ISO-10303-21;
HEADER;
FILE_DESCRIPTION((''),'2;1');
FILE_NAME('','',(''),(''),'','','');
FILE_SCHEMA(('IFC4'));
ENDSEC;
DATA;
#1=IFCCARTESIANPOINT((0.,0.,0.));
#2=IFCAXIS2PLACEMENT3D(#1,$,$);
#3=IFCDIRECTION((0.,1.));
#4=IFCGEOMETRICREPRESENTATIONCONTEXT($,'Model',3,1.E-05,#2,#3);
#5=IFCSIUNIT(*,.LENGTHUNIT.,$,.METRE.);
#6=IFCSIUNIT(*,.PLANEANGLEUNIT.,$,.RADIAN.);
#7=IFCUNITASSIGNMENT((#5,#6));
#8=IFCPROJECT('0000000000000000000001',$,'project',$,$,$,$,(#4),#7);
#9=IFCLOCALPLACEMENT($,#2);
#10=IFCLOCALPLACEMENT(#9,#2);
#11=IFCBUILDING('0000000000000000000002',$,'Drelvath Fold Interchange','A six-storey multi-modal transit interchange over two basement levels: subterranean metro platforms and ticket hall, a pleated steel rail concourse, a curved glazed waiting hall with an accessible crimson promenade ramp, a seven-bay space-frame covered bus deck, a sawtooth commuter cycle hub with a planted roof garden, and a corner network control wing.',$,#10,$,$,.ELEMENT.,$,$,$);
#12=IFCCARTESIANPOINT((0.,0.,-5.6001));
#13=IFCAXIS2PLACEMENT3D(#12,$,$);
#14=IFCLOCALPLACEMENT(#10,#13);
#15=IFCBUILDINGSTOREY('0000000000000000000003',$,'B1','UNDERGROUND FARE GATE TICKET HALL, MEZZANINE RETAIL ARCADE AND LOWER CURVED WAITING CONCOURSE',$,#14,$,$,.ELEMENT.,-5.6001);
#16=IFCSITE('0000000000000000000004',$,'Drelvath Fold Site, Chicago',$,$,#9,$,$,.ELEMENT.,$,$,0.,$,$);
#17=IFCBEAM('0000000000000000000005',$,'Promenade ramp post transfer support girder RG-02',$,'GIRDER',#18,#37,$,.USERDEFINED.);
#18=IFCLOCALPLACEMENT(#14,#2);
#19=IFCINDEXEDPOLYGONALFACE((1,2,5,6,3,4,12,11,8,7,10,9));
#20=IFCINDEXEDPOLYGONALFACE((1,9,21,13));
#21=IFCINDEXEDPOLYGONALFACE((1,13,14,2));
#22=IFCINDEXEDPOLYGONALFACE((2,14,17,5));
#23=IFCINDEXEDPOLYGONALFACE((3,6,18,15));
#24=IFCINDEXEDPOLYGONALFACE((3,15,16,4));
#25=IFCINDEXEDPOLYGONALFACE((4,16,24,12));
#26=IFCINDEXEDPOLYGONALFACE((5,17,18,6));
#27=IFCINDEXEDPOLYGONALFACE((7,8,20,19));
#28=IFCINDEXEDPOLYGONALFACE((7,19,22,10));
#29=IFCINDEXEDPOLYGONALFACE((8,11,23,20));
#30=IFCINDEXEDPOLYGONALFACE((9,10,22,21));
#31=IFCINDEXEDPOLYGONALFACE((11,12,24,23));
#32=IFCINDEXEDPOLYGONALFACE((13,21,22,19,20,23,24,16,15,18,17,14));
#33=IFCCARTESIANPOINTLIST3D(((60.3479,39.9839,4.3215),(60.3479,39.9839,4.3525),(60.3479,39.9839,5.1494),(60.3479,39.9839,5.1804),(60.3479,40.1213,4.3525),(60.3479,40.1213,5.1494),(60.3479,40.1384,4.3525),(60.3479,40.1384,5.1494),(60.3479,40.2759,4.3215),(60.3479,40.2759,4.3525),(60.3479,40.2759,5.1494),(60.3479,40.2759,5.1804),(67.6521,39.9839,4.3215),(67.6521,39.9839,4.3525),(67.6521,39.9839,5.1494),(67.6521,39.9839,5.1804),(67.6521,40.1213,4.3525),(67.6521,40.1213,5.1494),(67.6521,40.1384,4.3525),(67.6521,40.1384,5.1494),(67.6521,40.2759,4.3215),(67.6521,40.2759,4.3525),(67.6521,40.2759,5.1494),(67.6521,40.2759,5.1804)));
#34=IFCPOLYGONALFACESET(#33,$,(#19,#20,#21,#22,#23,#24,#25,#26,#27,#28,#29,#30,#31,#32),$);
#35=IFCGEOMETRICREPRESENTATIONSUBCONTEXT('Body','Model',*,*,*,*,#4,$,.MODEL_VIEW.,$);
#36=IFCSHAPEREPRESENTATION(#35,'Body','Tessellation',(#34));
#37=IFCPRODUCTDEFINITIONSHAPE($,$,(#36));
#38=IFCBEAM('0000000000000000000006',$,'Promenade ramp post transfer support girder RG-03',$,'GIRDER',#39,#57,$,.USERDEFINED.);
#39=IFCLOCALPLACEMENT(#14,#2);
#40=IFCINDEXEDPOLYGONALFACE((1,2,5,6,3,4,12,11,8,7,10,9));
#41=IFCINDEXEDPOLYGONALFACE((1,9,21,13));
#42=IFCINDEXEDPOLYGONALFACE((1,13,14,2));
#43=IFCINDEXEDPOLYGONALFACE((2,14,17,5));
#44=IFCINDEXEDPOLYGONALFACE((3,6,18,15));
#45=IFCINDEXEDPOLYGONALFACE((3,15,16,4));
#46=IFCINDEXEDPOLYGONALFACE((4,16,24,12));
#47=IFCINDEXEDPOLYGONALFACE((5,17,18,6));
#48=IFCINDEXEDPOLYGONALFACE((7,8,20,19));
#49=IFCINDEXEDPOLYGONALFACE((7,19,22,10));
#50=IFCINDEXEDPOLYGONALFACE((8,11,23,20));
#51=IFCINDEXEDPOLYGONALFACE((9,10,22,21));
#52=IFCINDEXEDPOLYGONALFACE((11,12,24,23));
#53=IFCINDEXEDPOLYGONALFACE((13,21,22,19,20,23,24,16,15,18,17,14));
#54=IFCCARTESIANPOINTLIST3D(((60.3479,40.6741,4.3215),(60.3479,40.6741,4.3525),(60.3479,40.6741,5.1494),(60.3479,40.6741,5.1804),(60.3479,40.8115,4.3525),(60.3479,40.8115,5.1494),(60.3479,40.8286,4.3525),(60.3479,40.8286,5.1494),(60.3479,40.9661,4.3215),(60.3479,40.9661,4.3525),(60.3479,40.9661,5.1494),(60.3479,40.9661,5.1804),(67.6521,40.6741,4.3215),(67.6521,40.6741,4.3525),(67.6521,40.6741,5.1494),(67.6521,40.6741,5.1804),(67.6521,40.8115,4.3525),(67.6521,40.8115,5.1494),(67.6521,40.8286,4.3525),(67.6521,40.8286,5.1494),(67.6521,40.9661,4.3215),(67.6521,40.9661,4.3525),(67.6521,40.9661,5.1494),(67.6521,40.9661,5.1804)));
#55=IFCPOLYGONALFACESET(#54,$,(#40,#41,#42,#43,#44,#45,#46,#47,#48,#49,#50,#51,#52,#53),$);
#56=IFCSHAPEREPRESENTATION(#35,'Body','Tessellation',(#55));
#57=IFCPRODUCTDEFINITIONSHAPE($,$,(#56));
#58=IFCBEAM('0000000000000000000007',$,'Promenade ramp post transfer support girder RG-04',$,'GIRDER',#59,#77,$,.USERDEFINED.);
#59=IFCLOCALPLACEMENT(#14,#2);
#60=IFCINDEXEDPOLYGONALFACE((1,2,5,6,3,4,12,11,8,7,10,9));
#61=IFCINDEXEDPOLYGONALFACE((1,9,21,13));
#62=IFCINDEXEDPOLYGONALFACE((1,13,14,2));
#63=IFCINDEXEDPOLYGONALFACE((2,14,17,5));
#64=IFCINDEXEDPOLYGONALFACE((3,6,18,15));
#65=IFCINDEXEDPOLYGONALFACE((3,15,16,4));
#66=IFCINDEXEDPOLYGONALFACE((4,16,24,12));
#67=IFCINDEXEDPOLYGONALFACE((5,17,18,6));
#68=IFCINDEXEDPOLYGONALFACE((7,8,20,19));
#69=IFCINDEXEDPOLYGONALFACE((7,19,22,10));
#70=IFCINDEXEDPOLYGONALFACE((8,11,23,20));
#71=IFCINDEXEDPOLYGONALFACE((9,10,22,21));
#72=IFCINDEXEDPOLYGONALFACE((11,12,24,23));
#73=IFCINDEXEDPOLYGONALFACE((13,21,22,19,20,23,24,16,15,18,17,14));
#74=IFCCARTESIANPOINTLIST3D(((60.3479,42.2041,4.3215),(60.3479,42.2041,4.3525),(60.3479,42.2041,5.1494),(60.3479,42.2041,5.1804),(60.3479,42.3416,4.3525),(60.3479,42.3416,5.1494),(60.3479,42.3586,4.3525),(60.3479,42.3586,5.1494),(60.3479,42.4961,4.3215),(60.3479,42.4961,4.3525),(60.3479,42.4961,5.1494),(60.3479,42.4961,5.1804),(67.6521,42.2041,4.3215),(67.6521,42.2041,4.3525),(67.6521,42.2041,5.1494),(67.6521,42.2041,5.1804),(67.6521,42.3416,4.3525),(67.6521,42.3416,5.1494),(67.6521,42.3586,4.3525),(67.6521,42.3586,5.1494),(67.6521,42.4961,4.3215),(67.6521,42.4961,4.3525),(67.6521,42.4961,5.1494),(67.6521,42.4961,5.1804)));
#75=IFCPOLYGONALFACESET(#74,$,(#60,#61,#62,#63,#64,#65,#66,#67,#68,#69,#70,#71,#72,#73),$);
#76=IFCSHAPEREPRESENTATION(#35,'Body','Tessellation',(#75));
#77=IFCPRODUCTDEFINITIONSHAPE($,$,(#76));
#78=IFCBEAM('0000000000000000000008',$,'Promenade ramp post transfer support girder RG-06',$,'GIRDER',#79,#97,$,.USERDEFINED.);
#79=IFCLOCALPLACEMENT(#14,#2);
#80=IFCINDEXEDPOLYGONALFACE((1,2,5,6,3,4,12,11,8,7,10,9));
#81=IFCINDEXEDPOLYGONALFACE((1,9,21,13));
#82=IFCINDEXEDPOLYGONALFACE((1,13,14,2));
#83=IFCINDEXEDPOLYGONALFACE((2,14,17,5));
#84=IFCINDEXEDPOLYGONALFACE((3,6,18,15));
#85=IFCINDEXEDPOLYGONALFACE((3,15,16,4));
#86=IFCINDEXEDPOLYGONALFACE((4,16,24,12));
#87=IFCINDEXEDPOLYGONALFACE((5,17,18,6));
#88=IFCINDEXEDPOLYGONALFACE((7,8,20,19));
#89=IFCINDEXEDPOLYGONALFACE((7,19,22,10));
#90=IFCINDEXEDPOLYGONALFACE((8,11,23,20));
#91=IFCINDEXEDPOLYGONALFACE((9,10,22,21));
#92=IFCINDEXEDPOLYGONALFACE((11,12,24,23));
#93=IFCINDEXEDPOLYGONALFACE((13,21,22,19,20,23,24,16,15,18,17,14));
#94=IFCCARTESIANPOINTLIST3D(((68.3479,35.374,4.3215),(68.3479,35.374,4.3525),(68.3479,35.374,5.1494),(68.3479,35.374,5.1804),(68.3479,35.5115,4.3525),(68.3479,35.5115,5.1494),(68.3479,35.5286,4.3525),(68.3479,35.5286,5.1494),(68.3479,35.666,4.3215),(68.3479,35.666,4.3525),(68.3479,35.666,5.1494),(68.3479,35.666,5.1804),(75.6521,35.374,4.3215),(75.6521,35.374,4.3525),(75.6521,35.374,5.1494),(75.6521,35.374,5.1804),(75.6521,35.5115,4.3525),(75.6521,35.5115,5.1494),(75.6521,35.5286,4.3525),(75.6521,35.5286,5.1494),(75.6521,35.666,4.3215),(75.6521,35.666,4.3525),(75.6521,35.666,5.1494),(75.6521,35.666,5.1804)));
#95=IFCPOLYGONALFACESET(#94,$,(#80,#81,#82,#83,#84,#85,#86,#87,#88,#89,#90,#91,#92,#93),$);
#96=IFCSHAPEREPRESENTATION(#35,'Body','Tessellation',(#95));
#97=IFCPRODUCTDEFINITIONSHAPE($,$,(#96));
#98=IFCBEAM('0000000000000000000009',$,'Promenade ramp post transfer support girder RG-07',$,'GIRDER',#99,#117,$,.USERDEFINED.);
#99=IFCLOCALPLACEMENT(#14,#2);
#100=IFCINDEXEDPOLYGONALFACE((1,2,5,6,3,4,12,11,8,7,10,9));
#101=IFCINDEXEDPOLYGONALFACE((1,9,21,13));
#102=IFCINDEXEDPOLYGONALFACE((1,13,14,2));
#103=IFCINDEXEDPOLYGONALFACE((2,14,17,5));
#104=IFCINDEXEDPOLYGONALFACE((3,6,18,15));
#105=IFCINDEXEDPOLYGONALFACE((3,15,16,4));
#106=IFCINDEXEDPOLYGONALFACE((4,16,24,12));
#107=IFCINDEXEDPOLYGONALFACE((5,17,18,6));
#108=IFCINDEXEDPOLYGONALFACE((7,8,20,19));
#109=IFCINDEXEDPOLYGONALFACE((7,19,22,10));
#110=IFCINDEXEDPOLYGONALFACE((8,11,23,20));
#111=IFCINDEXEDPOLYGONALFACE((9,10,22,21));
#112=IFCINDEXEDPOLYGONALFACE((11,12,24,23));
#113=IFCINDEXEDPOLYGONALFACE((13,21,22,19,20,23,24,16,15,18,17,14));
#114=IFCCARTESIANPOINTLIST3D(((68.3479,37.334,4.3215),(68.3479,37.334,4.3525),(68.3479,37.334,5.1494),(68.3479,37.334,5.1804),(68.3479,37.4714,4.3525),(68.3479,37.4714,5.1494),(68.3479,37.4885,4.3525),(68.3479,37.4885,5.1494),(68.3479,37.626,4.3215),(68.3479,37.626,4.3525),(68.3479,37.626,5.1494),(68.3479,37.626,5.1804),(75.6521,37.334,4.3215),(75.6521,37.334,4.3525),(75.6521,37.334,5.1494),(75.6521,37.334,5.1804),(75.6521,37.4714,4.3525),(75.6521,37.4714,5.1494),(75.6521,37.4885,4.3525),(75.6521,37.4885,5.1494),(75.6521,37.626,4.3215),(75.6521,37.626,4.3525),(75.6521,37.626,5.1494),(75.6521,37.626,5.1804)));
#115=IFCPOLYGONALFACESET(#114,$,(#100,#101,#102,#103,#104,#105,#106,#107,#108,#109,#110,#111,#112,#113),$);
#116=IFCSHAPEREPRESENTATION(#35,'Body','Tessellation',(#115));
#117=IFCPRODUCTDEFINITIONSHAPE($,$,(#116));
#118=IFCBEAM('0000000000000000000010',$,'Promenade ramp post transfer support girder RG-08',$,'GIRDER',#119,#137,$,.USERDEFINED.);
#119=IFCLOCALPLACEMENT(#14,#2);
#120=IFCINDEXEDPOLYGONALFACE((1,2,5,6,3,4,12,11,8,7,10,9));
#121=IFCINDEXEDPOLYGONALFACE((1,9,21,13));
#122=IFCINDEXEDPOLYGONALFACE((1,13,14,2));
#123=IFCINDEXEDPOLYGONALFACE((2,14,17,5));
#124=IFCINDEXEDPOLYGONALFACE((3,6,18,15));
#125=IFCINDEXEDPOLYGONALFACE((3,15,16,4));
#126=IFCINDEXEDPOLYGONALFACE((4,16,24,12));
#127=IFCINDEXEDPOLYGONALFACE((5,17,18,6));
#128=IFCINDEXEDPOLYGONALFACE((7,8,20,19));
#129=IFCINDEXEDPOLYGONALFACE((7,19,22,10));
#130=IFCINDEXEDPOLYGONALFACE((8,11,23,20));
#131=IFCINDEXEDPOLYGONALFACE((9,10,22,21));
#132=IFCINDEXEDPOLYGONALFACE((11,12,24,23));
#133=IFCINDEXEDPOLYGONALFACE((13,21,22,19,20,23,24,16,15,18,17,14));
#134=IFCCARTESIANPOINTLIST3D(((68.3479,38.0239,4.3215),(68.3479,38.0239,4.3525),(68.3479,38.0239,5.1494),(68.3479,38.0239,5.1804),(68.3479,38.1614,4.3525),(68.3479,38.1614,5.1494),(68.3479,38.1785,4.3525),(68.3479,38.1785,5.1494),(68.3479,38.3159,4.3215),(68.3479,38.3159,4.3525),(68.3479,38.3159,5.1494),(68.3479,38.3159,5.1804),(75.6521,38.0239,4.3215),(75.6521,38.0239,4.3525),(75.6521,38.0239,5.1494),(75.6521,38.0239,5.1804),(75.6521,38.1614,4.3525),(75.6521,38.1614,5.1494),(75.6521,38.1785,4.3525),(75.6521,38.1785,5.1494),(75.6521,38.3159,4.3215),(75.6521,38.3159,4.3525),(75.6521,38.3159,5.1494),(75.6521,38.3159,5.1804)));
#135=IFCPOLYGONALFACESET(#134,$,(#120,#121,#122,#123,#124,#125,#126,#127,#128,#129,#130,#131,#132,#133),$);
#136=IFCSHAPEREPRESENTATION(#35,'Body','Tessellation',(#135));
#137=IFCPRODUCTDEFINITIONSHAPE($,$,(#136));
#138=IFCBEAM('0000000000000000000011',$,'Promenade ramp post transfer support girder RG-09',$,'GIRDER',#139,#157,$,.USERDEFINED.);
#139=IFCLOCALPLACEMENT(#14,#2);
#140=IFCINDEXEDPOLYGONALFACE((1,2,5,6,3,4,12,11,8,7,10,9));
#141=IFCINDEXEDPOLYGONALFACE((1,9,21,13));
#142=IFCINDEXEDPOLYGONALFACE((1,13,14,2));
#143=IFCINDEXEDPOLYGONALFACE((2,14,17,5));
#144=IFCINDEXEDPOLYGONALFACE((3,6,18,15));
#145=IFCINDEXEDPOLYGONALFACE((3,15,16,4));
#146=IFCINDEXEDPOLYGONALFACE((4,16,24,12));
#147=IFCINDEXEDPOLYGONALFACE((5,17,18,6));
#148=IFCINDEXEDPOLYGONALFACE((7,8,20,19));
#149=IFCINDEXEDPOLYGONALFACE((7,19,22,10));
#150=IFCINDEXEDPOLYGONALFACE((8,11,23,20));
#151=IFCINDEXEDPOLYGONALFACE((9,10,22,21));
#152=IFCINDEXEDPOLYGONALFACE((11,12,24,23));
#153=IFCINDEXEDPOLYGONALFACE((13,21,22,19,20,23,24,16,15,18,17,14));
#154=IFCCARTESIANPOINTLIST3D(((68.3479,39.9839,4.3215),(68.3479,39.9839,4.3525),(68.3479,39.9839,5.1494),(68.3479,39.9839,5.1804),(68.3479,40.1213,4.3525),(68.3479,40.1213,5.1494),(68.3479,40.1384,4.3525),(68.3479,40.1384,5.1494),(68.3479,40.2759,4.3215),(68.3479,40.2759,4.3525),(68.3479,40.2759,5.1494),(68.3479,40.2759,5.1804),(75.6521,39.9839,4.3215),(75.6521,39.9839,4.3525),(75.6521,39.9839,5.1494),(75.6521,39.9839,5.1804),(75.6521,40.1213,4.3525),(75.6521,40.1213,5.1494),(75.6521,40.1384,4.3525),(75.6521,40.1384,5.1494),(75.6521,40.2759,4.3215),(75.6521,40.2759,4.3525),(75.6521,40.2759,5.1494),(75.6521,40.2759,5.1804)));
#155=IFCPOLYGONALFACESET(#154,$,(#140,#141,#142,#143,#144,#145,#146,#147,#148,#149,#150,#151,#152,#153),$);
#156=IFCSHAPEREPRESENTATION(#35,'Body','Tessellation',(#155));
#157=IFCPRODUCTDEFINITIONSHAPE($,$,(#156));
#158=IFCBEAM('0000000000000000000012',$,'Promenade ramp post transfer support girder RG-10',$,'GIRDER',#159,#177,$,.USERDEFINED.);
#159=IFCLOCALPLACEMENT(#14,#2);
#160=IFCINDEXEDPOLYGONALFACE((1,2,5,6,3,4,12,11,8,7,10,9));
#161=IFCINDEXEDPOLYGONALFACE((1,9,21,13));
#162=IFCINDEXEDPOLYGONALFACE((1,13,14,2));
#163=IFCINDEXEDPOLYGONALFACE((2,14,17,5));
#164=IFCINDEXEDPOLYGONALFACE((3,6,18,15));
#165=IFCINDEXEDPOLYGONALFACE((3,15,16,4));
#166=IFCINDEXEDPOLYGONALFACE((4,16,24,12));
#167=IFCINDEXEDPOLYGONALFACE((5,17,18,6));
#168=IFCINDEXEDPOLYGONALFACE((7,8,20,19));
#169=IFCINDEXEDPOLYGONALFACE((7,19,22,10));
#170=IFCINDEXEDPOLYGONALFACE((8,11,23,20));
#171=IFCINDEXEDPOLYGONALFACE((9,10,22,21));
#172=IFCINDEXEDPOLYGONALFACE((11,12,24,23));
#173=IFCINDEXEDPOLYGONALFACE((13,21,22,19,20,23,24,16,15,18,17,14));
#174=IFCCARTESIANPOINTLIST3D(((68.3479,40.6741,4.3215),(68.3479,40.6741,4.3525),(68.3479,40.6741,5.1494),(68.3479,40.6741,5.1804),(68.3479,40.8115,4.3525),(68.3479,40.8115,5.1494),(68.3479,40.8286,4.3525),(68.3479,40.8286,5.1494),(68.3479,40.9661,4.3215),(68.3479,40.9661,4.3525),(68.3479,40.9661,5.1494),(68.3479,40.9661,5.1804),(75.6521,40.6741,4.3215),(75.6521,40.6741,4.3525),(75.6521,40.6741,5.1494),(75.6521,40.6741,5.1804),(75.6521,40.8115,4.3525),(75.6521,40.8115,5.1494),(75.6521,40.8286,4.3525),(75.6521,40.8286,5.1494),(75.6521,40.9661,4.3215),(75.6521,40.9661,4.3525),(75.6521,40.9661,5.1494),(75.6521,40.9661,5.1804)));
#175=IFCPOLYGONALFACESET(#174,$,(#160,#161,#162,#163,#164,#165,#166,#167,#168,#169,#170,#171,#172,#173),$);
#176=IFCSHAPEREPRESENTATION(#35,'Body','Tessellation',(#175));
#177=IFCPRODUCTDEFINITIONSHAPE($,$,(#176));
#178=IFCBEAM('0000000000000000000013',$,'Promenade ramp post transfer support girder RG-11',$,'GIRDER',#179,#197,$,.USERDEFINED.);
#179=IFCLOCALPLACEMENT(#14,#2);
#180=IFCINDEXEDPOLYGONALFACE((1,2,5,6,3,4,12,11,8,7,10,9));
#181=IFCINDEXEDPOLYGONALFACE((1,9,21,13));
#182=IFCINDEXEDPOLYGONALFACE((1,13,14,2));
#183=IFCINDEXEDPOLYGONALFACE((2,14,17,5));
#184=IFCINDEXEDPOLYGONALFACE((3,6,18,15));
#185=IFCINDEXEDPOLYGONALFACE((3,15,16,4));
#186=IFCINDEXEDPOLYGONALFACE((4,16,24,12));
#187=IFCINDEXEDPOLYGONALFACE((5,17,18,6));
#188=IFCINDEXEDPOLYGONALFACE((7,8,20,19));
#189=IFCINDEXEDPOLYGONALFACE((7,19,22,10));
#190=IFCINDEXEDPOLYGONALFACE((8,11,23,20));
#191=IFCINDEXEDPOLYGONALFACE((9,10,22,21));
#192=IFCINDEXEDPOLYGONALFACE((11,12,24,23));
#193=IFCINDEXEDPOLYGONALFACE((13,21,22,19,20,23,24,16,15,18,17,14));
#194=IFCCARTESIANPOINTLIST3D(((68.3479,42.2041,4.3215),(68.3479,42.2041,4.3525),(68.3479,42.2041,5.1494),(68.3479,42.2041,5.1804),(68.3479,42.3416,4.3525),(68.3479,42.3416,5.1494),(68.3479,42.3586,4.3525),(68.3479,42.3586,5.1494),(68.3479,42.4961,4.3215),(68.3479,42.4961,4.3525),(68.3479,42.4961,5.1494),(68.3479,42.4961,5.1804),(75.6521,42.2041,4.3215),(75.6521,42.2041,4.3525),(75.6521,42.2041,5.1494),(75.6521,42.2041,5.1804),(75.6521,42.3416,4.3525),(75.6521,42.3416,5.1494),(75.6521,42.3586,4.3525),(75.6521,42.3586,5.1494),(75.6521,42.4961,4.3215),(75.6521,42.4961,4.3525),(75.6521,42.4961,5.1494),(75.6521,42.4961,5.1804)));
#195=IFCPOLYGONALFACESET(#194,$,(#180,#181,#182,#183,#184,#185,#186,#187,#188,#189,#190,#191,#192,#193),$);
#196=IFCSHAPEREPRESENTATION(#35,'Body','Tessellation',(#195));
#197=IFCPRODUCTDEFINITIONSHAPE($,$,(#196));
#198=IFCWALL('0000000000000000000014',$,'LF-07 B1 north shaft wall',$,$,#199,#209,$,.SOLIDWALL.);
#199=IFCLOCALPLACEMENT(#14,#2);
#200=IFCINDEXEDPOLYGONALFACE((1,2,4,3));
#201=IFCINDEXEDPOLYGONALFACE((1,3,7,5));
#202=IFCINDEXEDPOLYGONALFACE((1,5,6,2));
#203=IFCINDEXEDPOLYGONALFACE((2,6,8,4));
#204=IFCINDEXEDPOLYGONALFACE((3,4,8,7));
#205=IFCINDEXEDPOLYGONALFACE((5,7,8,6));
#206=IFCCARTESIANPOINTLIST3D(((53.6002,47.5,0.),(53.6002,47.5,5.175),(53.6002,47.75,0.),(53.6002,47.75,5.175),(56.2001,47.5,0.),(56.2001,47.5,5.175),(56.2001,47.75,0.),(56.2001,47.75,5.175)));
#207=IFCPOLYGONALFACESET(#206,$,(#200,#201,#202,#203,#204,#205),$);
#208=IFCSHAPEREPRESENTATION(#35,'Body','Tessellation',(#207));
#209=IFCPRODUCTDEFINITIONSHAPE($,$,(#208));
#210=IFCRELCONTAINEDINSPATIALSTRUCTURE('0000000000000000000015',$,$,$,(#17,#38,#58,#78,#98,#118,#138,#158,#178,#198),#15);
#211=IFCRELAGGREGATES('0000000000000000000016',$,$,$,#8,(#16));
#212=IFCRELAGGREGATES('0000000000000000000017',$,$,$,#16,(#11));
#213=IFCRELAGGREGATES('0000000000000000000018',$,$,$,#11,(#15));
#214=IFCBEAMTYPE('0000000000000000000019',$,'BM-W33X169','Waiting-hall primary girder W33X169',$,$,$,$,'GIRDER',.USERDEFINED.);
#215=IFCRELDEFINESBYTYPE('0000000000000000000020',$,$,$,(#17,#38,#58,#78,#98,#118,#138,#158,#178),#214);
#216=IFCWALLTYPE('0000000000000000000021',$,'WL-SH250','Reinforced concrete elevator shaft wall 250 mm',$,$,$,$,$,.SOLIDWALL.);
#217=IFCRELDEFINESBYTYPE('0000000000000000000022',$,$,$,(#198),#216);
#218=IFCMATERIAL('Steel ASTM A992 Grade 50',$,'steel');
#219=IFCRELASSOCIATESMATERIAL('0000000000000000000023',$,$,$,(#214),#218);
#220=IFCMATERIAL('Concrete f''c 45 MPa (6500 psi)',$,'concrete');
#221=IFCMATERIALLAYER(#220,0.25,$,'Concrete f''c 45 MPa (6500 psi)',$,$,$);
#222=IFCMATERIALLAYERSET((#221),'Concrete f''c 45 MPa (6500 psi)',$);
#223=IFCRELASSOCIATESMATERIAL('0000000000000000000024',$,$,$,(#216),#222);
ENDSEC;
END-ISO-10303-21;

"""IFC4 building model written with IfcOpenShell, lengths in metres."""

from ifc_helpers import new_model, si_unit, direction, frame, frame_2d, origin, origin_2d, place, context, subcontext, project, spatial, rectangle, i_section, extrude, material, layer, layer_set, material_profile, profile_set, type_object, element, save


model = new_model("IFC4")

# Units and contexts
model_context = context("Model", 3, precision=1e-05, world=origin(), true_north=direction((0.0, 1.0)))
body_context = subcontext(model_context, "Body", "Model", "MODEL_VIEW")
ifc_project = project(units=[si_unit("LENGTHUNIT", "METRE"), si_unit("PLANEANGLEUNIT", "RADIAN")], contexts=[model_context])

# Site, building, storey
site_placement = place(None, origin())
site = spatial("IfcSite", under=ifc_project, at=site_placement, Name="Drelvath Fold Site, Chicago", CompositionType="ELEMENT", RefElevation=0.0)
building_placement = place(site_placement, origin())
building = spatial("IfcBuilding", under=site, at=building_placement, Name="Drelvath Fold Interchange", Description="A six-storey multi-modal transit interchange over two basement levels: subterranean metro platforms and ticket hall, a pleated steel rail concourse, a curved glazed waiting hall with an accessible crimson promenade ramp, a seven-bay space-frame covered bus deck, a sawtooth commuter cycle hub with a planted roof garden, and a corner network control wing.", CompositionType="ELEMENT")
storey_placement = place(building_placement, frame((0.0, 0.0, -5.6001)))
storey = spatial("IfcBuildingStorey", under=building, at=storey_placement, Name="B1", Description="UNDERGROUND FARE GATE TICKET HALL, MEZZANINE RETAIL ARCADE AND LOWER CURVED WAITING CONCOURSE", CompositionType="ELEMENT", Elevation=-5.6001)

# Beams
ifc_material_1 = material(Name="Concrete f'c 45 MPa (6500 psi)", Category="concrete")
ifc_material_2 = material(Name="Steel ASTM A992 Grade 50", Category="steel")
ifc_material_profile_1 = material_profile(ifc_material_2, i_section(OverallWidth=0.292, OverallDepth=0.8589, WebThickness=0.0171, FlangeThickness=0.031, at=origin_2d()), Name="W33X169")
ifc_profile_set_1 = profile_set([ifc_material_profile_1], Name="Steel ASTM A992 Grade 50")
beam_type_1 = type_object("IfcBeamType", Name="BM-W33X169", Description="Waiting-hall primary girder W33X169", ElementType="GIRDER", PredefinedType="USERDEFINED", material=ifc_profile_set_1)
for number, where, z_axis, x_axis, name in (
    (1, (60.3479, 40.1299, 4.751), (1.0, 0.0, 0.0), (0.0, 1.0, 0.0), "Promenade ramp post transfer support girder RG-02"),
    (2, (60.3479, 40.8201, 4.751), (1.0, 0.0, 0.0), (0.0, 1.0, 0.0), "Promenade ramp post transfer support girder RG-03"),
    (3, (60.3479, 42.3501, 4.751), (1.0, 0.0, 0.0), (0.0, 1.0, 0.0), "Promenade ramp post transfer support girder RG-04"),
    (4, (68.3479, 35.52, 4.751), (1.0, 0.0, 0.0), (0.0, 1.0, 0.0), "Promenade ramp post transfer support girder RG-06"),
    (5, (68.3479, 37.48, 4.751), (1.0, 0.0, 0.0), (0.0, 1.0, 0.0), "Promenade ramp post transfer support girder RG-07"),
    (6, (68.3479, 38.1699, 4.751), (1.0, 0.0, 0.0), (0.0, 1.0, 0.0), "Promenade ramp post transfer support girder RG-08"),
    (7, (68.3479, 40.1299, 4.751), (1.0, 0.0, 0.0), (0.0, 1.0, 0.0), "Promenade ramp post transfer support girder RG-09"),
    (8, (68.3479, 40.8201, 4.751), (1.0, 0.0, 0.0), (0.0, 1.0, 0.0), "Promenade ramp post transfer support girder RG-10"),
    (9, (68.3479, 42.3501, 4.751), (1.0, 0.0, 0.0), (0.0, 1.0, 0.0), "Promenade ramp post transfer support girder RG-11"),
):
    element("IfcBeam", number, at=place(storey_placement, frame(where, z_axis=z_axis, x_axis=x_axis)), inside=storey, type_object=beam_type_1, Name=name, ObjectType="GIRDER", PredefinedType="USERDEFINED", context=body_context, shape_type="SweptSolid", body=[
        extrude(i_section(OverallWidth=0.292, OverallDepth=0.8589, WebThickness=0.0171, FlangeThickness=0.031, at=origin_2d()), origin(), (0.0, 0.0, 1.0), 7.3042),
    ])

# Wall
ifc_layer = layer(ifc_material_1, 0.25, Name="Concrete f'c 45 MPa (6500 psi)")
ifc_layer_set = layer_set([ifc_layer], Name="Concrete f'c 45 MPa (6500 psi)")
wall_type = type_object("IfcWallType", Name="WL-SH250", Description="Reinforced concrete elevator shaft wall 250 mm", PredefinedType="SOLIDWALL", material=ifc_layer_set)
wall_1_placement = place(storey_placement, frame((56.2, 47.625, 0.0), z_axis=(0.0, 0.0, 1.0), x_axis=(-1.0, 0.0, 0.0)))
element("IfcWall", 10, at=wall_1_placement, inside=storey, type_object=wall_type, Name="LF-07 B1 north shaft wall", PredefinedType="SOLIDWALL", context=body_context, shape_type="SweptSolid", body=[
    extrude(rectangle(XDim=2.5999, YDim=0.25, at=frame_2d((1.2998, 0.0))), origin(), (0.0, 0.0, 1.0), 5.175),
])

save(model, "model.ifc")
